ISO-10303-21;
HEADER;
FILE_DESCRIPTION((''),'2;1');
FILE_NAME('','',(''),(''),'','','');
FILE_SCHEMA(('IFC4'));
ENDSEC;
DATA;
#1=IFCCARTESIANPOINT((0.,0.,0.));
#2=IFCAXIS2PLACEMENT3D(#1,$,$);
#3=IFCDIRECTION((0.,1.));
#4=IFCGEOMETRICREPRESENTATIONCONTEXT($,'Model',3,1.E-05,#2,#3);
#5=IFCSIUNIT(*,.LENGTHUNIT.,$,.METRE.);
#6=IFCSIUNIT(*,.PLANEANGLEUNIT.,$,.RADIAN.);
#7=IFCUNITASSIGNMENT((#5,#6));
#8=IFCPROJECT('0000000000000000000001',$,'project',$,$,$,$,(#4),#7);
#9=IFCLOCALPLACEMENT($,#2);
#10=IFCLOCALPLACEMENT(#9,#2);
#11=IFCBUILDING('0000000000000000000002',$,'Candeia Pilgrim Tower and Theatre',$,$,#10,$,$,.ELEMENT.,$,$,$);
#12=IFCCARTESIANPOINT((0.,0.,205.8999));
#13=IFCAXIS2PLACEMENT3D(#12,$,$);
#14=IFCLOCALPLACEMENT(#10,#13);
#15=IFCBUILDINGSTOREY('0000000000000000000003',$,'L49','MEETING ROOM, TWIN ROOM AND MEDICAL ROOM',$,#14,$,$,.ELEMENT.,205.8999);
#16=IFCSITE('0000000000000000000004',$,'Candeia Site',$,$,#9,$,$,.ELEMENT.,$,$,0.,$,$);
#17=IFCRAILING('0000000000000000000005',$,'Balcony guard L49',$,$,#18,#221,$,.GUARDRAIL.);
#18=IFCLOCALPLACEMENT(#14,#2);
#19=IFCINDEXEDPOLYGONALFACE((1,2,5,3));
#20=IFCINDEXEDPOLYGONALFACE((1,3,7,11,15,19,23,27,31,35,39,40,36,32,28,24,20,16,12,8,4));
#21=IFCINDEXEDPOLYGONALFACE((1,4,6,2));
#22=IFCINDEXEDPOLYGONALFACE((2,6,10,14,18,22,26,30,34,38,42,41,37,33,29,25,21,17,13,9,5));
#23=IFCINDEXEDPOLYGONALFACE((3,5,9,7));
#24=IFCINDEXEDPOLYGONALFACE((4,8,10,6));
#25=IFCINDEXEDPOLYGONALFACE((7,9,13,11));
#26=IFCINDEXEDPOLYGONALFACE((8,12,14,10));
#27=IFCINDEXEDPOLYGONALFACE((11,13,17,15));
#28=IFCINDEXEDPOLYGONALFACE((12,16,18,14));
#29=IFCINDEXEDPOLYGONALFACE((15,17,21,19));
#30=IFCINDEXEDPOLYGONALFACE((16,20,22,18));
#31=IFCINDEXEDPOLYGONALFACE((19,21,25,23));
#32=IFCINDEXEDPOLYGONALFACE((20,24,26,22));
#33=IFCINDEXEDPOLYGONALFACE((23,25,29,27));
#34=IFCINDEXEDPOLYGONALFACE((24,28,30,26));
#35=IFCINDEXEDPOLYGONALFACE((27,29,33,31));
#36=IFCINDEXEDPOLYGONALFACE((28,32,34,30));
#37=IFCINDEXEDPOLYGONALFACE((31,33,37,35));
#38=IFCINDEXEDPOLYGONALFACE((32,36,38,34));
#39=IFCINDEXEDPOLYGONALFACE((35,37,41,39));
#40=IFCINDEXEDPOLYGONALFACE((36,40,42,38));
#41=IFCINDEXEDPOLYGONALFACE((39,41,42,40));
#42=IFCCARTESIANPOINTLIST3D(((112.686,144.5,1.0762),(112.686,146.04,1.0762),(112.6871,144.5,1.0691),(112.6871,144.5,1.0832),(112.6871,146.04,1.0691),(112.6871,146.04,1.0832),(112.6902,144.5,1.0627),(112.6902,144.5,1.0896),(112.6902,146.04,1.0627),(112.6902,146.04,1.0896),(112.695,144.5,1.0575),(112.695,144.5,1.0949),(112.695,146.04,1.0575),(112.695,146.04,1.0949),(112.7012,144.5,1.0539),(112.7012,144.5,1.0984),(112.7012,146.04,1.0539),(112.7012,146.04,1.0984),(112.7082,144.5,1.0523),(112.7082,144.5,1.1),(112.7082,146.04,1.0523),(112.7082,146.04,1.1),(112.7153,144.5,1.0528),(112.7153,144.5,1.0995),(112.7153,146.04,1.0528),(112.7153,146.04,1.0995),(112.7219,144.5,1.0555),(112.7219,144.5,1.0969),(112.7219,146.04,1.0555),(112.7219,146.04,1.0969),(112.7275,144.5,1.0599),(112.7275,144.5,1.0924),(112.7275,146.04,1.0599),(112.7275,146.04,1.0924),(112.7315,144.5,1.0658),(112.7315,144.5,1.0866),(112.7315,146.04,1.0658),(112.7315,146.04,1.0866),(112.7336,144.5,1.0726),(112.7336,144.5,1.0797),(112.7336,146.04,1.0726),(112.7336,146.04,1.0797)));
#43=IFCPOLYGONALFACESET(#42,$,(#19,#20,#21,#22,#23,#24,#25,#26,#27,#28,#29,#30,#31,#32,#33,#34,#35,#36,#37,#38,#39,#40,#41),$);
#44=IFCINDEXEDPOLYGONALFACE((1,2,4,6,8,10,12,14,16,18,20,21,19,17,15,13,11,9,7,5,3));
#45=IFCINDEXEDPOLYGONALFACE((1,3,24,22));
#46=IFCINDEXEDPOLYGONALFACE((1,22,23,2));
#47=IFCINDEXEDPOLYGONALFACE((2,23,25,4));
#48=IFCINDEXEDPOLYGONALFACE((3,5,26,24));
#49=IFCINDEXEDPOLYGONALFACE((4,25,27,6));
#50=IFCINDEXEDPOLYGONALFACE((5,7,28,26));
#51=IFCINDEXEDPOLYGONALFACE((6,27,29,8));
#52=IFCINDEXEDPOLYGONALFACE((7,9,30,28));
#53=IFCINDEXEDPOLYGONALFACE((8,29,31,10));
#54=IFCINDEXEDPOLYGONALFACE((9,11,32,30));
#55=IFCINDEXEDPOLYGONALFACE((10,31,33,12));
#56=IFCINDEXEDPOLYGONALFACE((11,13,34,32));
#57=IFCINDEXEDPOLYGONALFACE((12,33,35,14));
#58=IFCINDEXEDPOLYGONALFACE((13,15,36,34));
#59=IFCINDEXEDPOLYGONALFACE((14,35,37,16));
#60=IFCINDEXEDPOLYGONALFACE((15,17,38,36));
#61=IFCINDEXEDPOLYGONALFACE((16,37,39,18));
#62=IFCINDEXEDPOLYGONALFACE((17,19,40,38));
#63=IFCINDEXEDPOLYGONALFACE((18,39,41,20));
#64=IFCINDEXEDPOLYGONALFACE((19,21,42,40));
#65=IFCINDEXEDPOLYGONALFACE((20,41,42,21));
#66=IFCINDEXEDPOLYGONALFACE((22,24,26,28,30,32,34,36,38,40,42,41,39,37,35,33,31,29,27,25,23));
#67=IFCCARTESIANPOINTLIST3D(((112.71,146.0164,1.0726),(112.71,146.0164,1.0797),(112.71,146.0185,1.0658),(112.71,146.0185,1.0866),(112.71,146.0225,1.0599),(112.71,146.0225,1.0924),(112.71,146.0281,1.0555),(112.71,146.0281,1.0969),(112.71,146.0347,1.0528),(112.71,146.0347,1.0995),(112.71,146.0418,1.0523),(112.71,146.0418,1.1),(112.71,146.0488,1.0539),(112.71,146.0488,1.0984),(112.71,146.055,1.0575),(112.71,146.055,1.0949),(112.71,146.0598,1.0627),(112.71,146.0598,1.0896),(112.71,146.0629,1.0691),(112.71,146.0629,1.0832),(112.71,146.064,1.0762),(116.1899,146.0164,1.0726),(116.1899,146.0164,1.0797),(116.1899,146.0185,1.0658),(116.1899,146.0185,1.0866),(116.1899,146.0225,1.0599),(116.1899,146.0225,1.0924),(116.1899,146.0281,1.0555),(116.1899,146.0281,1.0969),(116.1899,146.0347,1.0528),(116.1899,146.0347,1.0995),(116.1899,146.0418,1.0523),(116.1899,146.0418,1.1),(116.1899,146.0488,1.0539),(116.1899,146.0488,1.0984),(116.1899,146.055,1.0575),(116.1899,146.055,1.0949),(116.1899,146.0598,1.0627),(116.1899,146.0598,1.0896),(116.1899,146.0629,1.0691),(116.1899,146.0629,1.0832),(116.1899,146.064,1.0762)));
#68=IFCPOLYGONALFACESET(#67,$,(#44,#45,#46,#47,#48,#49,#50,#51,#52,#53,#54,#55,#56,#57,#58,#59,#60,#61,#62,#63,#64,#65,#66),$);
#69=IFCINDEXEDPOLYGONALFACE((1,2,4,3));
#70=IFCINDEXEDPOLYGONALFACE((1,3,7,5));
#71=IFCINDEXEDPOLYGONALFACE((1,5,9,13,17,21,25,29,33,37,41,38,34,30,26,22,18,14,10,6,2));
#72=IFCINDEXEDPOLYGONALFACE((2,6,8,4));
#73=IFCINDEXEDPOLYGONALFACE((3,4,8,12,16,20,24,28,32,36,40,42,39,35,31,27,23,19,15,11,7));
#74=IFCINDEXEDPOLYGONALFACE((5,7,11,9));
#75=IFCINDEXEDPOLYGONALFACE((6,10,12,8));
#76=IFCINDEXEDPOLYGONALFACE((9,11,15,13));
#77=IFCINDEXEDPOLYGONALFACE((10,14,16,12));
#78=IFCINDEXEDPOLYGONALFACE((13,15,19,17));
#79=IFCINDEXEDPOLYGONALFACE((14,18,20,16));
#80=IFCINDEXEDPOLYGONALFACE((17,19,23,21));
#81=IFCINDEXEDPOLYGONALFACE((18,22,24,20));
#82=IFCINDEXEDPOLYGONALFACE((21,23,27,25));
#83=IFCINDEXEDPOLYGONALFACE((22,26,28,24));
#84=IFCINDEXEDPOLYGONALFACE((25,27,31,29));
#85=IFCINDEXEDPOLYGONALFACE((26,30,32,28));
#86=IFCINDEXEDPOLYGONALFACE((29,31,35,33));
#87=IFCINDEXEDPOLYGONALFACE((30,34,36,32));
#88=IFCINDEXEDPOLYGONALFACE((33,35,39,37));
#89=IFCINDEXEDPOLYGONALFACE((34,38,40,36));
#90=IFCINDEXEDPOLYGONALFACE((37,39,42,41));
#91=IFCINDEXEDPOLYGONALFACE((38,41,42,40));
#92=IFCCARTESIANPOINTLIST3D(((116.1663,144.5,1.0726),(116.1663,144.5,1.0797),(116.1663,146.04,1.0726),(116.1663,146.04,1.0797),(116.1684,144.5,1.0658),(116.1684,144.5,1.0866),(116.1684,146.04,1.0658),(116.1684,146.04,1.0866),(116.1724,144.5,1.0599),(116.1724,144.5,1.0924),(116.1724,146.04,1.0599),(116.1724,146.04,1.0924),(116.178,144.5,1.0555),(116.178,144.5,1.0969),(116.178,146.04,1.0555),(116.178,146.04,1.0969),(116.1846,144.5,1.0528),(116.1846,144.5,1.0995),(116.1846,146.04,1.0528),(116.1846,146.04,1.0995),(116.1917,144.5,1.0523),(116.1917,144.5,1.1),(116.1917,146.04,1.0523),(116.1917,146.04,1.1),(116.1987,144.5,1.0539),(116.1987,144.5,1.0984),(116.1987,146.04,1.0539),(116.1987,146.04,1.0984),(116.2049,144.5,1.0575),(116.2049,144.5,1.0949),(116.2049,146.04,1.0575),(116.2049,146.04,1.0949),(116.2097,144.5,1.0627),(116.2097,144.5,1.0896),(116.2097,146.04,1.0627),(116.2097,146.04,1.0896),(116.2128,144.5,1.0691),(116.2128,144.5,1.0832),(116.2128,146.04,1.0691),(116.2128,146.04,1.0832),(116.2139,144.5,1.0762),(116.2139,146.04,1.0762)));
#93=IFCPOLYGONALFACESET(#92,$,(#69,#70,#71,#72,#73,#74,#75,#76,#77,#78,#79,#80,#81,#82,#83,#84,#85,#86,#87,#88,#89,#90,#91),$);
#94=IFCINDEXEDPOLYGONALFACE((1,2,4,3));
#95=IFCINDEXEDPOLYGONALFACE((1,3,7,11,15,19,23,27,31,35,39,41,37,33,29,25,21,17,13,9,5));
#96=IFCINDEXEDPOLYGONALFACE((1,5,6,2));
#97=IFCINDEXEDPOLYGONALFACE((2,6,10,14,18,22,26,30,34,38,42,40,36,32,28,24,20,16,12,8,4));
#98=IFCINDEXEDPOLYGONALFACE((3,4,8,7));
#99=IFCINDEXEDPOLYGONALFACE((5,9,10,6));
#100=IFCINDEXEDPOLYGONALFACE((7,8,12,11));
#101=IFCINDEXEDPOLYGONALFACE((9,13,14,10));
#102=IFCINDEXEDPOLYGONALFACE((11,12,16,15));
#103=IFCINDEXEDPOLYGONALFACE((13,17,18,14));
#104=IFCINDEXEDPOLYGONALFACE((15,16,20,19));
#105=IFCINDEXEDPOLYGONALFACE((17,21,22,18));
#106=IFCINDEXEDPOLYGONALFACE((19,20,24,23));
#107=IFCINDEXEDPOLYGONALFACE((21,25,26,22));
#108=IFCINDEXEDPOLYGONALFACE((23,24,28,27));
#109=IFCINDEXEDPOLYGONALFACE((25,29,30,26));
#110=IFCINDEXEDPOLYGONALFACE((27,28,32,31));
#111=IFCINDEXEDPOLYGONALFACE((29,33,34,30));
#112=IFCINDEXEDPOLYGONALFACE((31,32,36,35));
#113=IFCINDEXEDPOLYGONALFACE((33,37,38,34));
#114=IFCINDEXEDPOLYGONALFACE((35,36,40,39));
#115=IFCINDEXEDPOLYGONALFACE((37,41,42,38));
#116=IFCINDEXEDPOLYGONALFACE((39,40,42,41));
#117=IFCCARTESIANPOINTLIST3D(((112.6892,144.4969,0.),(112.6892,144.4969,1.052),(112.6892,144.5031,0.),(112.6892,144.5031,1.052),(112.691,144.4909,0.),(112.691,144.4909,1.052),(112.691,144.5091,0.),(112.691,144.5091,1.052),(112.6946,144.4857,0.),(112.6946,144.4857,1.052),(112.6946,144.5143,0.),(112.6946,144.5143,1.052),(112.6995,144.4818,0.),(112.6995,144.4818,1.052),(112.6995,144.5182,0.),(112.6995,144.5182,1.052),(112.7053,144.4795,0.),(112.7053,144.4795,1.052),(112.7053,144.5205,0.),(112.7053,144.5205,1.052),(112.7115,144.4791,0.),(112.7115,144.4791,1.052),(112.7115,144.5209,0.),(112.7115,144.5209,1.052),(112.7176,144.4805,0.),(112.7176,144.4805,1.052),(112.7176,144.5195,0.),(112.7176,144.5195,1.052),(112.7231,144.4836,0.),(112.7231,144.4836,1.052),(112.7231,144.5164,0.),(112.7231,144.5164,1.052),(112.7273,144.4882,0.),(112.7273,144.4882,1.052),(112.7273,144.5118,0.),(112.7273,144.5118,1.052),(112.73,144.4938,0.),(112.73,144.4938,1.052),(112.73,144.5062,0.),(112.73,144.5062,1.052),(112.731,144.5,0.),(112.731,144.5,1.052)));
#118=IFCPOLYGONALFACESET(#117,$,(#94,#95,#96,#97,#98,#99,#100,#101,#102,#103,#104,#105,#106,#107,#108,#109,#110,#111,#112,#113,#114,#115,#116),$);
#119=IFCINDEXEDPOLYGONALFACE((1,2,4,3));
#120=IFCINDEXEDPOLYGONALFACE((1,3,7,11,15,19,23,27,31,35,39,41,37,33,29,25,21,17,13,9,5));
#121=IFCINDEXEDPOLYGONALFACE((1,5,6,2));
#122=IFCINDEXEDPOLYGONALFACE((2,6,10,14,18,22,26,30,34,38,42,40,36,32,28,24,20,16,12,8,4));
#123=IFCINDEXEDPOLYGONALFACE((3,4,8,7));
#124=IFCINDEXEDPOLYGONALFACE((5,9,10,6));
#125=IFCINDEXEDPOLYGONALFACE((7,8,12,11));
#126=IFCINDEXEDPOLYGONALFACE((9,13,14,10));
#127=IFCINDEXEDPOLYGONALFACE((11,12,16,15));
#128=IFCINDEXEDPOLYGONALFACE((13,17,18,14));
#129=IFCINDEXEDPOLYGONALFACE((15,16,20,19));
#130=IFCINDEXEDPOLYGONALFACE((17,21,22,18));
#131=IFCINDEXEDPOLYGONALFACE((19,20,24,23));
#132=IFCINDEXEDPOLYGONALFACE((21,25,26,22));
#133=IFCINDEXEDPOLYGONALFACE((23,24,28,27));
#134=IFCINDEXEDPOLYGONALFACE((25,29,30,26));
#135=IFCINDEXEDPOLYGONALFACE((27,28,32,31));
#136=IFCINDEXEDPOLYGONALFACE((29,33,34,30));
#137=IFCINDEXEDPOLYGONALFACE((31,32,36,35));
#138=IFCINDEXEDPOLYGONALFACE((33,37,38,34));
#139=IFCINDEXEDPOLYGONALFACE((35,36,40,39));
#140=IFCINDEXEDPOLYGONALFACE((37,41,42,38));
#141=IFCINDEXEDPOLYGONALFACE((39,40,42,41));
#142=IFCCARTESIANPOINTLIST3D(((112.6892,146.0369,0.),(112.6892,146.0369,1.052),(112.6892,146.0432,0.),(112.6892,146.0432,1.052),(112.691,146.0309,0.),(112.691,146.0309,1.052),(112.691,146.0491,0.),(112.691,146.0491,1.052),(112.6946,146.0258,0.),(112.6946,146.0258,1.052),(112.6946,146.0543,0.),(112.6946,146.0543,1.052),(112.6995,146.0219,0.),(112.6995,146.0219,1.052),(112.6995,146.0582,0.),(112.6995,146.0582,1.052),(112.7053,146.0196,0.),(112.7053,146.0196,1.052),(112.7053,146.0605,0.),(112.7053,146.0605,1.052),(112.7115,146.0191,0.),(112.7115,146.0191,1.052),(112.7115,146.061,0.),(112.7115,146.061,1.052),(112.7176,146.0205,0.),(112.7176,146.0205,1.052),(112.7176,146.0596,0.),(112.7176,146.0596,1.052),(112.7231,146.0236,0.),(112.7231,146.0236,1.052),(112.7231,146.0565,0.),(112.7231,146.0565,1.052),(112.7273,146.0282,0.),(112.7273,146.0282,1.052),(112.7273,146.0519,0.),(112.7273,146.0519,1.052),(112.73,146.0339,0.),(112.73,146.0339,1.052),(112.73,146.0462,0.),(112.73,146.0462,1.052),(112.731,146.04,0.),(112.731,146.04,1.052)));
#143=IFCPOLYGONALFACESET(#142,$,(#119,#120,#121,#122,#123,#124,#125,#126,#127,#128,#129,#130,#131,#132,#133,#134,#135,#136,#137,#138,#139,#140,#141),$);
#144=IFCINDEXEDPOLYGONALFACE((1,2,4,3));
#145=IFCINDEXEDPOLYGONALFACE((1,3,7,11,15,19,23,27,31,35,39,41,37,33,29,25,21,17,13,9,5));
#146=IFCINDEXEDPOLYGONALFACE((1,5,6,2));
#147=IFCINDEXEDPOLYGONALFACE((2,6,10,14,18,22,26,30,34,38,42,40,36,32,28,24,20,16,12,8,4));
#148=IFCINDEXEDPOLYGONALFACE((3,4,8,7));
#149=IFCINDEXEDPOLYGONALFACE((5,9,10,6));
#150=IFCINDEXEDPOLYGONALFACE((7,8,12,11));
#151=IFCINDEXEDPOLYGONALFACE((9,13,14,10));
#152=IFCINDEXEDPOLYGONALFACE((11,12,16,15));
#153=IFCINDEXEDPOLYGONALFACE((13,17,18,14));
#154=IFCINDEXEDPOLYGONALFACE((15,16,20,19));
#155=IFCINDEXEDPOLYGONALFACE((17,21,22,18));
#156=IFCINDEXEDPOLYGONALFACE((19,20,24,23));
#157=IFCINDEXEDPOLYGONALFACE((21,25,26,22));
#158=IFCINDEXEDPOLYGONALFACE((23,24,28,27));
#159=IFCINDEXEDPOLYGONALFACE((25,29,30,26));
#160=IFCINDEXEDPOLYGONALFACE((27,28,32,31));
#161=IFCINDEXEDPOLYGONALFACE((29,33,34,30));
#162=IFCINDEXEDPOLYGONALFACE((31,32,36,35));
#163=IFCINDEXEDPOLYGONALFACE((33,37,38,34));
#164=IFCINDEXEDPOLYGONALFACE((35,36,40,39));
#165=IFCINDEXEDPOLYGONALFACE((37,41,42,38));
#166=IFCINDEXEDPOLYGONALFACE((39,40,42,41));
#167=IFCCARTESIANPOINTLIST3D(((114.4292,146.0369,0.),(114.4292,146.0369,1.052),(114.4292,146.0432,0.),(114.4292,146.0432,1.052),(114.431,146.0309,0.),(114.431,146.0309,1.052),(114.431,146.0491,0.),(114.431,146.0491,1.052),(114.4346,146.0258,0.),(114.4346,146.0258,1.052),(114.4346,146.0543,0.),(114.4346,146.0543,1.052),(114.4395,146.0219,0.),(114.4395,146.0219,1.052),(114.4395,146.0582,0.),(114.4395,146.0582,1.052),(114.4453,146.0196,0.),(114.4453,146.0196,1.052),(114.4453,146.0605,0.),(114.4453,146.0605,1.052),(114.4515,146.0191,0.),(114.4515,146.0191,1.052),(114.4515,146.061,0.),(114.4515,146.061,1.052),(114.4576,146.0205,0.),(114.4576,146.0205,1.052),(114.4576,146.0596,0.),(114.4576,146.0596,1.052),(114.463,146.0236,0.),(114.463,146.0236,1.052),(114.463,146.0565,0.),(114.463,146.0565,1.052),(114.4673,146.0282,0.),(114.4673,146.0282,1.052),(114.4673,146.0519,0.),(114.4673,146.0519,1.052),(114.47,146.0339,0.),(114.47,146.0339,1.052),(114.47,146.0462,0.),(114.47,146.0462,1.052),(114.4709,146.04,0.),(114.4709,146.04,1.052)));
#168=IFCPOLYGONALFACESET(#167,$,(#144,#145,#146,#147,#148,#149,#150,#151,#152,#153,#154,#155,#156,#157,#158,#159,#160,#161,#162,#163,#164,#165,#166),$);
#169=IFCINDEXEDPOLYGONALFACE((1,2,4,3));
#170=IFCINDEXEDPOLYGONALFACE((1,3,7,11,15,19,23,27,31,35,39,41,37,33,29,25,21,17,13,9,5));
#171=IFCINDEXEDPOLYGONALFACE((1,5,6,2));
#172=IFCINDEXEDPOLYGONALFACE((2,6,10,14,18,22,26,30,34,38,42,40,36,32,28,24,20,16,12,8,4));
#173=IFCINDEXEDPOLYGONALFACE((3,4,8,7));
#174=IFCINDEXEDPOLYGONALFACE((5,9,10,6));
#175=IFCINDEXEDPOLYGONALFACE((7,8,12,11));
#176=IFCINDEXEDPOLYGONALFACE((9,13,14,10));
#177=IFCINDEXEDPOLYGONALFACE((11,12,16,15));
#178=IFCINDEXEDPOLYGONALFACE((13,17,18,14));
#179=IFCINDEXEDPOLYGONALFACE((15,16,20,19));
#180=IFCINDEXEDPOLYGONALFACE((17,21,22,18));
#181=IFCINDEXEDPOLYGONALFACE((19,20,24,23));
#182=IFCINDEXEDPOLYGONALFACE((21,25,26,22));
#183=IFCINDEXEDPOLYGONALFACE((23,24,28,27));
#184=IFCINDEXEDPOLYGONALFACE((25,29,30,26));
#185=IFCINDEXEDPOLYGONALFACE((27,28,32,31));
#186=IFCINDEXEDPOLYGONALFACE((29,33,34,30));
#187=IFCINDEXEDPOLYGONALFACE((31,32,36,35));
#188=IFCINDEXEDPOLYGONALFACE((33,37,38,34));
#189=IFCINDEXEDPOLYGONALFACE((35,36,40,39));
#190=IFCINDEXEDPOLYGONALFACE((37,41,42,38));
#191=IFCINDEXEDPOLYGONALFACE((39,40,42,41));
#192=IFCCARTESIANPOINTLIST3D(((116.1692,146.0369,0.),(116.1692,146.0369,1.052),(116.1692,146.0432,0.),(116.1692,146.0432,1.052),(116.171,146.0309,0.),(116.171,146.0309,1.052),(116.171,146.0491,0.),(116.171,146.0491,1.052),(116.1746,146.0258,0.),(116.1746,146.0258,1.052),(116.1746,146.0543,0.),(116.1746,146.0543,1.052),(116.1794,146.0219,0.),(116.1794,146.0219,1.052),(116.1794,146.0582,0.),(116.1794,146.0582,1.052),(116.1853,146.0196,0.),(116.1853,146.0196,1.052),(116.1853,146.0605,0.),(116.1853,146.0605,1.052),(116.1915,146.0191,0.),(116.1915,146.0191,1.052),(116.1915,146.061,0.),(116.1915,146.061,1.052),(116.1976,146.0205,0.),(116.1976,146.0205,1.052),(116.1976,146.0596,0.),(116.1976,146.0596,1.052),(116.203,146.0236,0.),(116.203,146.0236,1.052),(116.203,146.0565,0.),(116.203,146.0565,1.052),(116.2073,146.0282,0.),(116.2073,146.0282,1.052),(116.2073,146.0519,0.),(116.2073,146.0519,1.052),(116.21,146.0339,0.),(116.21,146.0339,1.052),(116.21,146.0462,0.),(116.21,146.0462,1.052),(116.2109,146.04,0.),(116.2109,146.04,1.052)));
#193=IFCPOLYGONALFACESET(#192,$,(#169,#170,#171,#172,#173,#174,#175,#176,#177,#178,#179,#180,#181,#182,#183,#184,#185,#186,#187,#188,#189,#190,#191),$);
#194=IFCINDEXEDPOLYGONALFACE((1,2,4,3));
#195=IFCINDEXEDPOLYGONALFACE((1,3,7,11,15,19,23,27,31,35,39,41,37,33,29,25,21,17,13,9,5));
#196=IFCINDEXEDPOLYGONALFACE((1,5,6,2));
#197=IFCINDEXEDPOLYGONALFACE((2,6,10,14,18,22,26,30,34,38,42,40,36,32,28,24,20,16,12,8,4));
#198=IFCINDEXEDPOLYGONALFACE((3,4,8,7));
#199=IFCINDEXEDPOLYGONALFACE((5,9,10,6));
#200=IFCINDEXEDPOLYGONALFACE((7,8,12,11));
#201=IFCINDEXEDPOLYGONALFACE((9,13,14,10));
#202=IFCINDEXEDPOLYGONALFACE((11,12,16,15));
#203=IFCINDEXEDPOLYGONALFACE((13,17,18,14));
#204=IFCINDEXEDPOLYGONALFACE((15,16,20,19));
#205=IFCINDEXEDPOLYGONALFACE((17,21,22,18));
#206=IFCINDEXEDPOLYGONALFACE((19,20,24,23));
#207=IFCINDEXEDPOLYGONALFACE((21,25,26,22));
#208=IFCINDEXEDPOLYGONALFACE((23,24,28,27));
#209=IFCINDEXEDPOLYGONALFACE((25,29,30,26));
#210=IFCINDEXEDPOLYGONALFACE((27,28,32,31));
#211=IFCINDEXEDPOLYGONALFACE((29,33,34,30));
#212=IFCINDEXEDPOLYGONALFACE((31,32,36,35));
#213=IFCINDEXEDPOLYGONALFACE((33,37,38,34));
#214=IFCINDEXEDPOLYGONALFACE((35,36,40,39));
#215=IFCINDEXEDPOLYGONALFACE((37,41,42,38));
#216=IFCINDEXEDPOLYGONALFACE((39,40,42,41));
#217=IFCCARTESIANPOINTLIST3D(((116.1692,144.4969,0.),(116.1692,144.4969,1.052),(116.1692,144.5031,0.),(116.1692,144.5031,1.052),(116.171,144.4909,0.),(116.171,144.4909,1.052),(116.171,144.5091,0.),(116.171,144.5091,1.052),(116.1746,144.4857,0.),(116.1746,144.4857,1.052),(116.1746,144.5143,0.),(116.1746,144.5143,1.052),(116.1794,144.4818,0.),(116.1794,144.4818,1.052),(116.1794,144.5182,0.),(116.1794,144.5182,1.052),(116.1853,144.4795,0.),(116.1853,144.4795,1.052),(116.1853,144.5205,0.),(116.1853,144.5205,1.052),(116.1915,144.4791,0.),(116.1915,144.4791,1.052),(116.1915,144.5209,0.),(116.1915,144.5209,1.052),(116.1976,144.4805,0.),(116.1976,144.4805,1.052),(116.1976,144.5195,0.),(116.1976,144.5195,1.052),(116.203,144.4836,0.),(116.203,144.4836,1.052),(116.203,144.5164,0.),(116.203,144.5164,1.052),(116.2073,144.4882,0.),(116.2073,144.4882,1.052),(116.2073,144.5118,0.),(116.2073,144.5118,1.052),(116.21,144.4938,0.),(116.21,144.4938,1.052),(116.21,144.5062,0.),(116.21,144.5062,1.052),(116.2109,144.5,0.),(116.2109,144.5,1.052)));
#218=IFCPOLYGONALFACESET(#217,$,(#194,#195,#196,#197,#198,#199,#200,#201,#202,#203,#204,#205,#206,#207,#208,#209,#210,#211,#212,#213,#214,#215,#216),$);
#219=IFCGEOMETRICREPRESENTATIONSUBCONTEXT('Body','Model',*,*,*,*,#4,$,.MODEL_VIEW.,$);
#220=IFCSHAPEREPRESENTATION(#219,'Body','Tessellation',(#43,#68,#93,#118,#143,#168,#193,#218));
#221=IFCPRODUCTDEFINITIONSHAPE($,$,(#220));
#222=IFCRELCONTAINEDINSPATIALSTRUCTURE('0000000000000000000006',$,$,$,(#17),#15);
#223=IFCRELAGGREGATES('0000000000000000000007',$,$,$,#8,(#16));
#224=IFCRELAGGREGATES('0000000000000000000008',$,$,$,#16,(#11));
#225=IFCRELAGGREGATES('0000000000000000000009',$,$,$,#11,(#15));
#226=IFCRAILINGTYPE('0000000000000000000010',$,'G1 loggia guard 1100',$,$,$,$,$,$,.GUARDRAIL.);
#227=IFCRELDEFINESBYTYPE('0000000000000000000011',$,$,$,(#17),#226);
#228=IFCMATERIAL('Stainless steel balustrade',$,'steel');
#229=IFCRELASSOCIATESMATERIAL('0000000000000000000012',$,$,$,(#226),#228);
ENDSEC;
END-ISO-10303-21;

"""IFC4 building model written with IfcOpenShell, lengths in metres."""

from ifc_helpers import new_model, si_unit, direction, frame, origin, origin_2d, place, context, subcontext, project, spatial, circle, extrude, material, type_object, element, save


model = new_model("IFC4")

# Units and contexts
model_context = context("Model", 3, precision=1e-05, world=origin(), true_north=direction((0.0, 1.0)))
body_context = subcontext(model_context, "Body", "Model", "MODEL_VIEW")
ifc_project = project(units=[si_unit("LENGTHUNIT", "METRE"), si_unit("PLANEANGLEUNIT", "RADIAN")], contexts=[model_context])

# Site, building, storey
site_placement = place(None, origin())
site = spatial("IfcSite", under=ifc_project, at=site_placement, Name="Candeia Site", CompositionType="ELEMENT", RefElevation=0.0)
building_placement = place(site_placement, origin())
building = spatial("IfcBuilding", under=site, at=building_placement, Name="Candeia Pilgrim Tower and Theatre", CompositionType="ELEMENT")
storey_placement = place(building_placement, frame((0.0, 0.0, 205.8999)))
storey = spatial("IfcBuildingStorey", under=building, at=storey_placement, Name="L49", Description="MEETING ROOM, TWIN ROOM AND MEDICAL ROOM", CompositionType="ELEMENT", Elevation=205.8999)

# Railing
ifc_material_1 = material(Name="Stainless steel balustrade", Category="steel")
railing_type = type_object("IfcRailingType", Name="G1 loggia guard 1100", PredefinedType="GUARDRAIL", material=ifc_material_1)
railing_placement = place(storey_placement, frame((112.71, 144.5, 0.0)))
element("IfcRailing", 1, at=railing_placement, inside=storey, type_object=railing_type, Name="Balcony guard L49", PredefinedType="GUARDRAIL", context=body_context, shape_type="SweptSolid", body=[
    extrude(circle(Radius=0.0239, at=origin_2d()), frame((0.0, 0.0, 1.0762), z_axis=(0.0, 1.0, 0.0), x_axis=(-1.0, 0.0, 0.0)), (0.0, 0.0, 1.0), 1.54),
    extrude(circle(Radius=0.0239, at=origin_2d()), frame((0.0, 1.54, 1.0762), z_axis=(1.0, 0.0, 0.0), x_axis=(0.0, 1.0, 0.0)), (0.0, 0.0, 1.0), 3.48),
    extrude(circle(Radius=0.0239, at=origin_2d()), frame((3.48, 1.54, 1.0762), z_axis=(0.0, -1.0, 0.0), x_axis=(1.0, 0.0, 0.0)), (0.0, 0.0, 1.0), 1.54),
    extrude(circle(Radius=0.021, at=origin_2d()), origin(), (0.0, 0.0, 1.0), 1.052),
    extrude(circle(Radius=0.021, at=origin_2d()), frame((0.0, 1.54, 0.0)), (0.0, 0.0, 1.0), 1.052),
    extrude(circle(Radius=0.021, at=origin_2d()), frame((1.74, 1.54, 0.0)), (0.0, 0.0, 1.0), 1.052),
    extrude(circle(Radius=0.021, at=origin_2d()), frame((3.48, 1.54, 0.0)), (0.0, 0.0, 1.0), 1.052),
    extrude(circle(Radius=0.021, at=origin_2d()), frame((3.48, 0.0, 0.0)), (0.0, 0.0, 1.0), 1.052),
])

save(model, "model.ifc")
